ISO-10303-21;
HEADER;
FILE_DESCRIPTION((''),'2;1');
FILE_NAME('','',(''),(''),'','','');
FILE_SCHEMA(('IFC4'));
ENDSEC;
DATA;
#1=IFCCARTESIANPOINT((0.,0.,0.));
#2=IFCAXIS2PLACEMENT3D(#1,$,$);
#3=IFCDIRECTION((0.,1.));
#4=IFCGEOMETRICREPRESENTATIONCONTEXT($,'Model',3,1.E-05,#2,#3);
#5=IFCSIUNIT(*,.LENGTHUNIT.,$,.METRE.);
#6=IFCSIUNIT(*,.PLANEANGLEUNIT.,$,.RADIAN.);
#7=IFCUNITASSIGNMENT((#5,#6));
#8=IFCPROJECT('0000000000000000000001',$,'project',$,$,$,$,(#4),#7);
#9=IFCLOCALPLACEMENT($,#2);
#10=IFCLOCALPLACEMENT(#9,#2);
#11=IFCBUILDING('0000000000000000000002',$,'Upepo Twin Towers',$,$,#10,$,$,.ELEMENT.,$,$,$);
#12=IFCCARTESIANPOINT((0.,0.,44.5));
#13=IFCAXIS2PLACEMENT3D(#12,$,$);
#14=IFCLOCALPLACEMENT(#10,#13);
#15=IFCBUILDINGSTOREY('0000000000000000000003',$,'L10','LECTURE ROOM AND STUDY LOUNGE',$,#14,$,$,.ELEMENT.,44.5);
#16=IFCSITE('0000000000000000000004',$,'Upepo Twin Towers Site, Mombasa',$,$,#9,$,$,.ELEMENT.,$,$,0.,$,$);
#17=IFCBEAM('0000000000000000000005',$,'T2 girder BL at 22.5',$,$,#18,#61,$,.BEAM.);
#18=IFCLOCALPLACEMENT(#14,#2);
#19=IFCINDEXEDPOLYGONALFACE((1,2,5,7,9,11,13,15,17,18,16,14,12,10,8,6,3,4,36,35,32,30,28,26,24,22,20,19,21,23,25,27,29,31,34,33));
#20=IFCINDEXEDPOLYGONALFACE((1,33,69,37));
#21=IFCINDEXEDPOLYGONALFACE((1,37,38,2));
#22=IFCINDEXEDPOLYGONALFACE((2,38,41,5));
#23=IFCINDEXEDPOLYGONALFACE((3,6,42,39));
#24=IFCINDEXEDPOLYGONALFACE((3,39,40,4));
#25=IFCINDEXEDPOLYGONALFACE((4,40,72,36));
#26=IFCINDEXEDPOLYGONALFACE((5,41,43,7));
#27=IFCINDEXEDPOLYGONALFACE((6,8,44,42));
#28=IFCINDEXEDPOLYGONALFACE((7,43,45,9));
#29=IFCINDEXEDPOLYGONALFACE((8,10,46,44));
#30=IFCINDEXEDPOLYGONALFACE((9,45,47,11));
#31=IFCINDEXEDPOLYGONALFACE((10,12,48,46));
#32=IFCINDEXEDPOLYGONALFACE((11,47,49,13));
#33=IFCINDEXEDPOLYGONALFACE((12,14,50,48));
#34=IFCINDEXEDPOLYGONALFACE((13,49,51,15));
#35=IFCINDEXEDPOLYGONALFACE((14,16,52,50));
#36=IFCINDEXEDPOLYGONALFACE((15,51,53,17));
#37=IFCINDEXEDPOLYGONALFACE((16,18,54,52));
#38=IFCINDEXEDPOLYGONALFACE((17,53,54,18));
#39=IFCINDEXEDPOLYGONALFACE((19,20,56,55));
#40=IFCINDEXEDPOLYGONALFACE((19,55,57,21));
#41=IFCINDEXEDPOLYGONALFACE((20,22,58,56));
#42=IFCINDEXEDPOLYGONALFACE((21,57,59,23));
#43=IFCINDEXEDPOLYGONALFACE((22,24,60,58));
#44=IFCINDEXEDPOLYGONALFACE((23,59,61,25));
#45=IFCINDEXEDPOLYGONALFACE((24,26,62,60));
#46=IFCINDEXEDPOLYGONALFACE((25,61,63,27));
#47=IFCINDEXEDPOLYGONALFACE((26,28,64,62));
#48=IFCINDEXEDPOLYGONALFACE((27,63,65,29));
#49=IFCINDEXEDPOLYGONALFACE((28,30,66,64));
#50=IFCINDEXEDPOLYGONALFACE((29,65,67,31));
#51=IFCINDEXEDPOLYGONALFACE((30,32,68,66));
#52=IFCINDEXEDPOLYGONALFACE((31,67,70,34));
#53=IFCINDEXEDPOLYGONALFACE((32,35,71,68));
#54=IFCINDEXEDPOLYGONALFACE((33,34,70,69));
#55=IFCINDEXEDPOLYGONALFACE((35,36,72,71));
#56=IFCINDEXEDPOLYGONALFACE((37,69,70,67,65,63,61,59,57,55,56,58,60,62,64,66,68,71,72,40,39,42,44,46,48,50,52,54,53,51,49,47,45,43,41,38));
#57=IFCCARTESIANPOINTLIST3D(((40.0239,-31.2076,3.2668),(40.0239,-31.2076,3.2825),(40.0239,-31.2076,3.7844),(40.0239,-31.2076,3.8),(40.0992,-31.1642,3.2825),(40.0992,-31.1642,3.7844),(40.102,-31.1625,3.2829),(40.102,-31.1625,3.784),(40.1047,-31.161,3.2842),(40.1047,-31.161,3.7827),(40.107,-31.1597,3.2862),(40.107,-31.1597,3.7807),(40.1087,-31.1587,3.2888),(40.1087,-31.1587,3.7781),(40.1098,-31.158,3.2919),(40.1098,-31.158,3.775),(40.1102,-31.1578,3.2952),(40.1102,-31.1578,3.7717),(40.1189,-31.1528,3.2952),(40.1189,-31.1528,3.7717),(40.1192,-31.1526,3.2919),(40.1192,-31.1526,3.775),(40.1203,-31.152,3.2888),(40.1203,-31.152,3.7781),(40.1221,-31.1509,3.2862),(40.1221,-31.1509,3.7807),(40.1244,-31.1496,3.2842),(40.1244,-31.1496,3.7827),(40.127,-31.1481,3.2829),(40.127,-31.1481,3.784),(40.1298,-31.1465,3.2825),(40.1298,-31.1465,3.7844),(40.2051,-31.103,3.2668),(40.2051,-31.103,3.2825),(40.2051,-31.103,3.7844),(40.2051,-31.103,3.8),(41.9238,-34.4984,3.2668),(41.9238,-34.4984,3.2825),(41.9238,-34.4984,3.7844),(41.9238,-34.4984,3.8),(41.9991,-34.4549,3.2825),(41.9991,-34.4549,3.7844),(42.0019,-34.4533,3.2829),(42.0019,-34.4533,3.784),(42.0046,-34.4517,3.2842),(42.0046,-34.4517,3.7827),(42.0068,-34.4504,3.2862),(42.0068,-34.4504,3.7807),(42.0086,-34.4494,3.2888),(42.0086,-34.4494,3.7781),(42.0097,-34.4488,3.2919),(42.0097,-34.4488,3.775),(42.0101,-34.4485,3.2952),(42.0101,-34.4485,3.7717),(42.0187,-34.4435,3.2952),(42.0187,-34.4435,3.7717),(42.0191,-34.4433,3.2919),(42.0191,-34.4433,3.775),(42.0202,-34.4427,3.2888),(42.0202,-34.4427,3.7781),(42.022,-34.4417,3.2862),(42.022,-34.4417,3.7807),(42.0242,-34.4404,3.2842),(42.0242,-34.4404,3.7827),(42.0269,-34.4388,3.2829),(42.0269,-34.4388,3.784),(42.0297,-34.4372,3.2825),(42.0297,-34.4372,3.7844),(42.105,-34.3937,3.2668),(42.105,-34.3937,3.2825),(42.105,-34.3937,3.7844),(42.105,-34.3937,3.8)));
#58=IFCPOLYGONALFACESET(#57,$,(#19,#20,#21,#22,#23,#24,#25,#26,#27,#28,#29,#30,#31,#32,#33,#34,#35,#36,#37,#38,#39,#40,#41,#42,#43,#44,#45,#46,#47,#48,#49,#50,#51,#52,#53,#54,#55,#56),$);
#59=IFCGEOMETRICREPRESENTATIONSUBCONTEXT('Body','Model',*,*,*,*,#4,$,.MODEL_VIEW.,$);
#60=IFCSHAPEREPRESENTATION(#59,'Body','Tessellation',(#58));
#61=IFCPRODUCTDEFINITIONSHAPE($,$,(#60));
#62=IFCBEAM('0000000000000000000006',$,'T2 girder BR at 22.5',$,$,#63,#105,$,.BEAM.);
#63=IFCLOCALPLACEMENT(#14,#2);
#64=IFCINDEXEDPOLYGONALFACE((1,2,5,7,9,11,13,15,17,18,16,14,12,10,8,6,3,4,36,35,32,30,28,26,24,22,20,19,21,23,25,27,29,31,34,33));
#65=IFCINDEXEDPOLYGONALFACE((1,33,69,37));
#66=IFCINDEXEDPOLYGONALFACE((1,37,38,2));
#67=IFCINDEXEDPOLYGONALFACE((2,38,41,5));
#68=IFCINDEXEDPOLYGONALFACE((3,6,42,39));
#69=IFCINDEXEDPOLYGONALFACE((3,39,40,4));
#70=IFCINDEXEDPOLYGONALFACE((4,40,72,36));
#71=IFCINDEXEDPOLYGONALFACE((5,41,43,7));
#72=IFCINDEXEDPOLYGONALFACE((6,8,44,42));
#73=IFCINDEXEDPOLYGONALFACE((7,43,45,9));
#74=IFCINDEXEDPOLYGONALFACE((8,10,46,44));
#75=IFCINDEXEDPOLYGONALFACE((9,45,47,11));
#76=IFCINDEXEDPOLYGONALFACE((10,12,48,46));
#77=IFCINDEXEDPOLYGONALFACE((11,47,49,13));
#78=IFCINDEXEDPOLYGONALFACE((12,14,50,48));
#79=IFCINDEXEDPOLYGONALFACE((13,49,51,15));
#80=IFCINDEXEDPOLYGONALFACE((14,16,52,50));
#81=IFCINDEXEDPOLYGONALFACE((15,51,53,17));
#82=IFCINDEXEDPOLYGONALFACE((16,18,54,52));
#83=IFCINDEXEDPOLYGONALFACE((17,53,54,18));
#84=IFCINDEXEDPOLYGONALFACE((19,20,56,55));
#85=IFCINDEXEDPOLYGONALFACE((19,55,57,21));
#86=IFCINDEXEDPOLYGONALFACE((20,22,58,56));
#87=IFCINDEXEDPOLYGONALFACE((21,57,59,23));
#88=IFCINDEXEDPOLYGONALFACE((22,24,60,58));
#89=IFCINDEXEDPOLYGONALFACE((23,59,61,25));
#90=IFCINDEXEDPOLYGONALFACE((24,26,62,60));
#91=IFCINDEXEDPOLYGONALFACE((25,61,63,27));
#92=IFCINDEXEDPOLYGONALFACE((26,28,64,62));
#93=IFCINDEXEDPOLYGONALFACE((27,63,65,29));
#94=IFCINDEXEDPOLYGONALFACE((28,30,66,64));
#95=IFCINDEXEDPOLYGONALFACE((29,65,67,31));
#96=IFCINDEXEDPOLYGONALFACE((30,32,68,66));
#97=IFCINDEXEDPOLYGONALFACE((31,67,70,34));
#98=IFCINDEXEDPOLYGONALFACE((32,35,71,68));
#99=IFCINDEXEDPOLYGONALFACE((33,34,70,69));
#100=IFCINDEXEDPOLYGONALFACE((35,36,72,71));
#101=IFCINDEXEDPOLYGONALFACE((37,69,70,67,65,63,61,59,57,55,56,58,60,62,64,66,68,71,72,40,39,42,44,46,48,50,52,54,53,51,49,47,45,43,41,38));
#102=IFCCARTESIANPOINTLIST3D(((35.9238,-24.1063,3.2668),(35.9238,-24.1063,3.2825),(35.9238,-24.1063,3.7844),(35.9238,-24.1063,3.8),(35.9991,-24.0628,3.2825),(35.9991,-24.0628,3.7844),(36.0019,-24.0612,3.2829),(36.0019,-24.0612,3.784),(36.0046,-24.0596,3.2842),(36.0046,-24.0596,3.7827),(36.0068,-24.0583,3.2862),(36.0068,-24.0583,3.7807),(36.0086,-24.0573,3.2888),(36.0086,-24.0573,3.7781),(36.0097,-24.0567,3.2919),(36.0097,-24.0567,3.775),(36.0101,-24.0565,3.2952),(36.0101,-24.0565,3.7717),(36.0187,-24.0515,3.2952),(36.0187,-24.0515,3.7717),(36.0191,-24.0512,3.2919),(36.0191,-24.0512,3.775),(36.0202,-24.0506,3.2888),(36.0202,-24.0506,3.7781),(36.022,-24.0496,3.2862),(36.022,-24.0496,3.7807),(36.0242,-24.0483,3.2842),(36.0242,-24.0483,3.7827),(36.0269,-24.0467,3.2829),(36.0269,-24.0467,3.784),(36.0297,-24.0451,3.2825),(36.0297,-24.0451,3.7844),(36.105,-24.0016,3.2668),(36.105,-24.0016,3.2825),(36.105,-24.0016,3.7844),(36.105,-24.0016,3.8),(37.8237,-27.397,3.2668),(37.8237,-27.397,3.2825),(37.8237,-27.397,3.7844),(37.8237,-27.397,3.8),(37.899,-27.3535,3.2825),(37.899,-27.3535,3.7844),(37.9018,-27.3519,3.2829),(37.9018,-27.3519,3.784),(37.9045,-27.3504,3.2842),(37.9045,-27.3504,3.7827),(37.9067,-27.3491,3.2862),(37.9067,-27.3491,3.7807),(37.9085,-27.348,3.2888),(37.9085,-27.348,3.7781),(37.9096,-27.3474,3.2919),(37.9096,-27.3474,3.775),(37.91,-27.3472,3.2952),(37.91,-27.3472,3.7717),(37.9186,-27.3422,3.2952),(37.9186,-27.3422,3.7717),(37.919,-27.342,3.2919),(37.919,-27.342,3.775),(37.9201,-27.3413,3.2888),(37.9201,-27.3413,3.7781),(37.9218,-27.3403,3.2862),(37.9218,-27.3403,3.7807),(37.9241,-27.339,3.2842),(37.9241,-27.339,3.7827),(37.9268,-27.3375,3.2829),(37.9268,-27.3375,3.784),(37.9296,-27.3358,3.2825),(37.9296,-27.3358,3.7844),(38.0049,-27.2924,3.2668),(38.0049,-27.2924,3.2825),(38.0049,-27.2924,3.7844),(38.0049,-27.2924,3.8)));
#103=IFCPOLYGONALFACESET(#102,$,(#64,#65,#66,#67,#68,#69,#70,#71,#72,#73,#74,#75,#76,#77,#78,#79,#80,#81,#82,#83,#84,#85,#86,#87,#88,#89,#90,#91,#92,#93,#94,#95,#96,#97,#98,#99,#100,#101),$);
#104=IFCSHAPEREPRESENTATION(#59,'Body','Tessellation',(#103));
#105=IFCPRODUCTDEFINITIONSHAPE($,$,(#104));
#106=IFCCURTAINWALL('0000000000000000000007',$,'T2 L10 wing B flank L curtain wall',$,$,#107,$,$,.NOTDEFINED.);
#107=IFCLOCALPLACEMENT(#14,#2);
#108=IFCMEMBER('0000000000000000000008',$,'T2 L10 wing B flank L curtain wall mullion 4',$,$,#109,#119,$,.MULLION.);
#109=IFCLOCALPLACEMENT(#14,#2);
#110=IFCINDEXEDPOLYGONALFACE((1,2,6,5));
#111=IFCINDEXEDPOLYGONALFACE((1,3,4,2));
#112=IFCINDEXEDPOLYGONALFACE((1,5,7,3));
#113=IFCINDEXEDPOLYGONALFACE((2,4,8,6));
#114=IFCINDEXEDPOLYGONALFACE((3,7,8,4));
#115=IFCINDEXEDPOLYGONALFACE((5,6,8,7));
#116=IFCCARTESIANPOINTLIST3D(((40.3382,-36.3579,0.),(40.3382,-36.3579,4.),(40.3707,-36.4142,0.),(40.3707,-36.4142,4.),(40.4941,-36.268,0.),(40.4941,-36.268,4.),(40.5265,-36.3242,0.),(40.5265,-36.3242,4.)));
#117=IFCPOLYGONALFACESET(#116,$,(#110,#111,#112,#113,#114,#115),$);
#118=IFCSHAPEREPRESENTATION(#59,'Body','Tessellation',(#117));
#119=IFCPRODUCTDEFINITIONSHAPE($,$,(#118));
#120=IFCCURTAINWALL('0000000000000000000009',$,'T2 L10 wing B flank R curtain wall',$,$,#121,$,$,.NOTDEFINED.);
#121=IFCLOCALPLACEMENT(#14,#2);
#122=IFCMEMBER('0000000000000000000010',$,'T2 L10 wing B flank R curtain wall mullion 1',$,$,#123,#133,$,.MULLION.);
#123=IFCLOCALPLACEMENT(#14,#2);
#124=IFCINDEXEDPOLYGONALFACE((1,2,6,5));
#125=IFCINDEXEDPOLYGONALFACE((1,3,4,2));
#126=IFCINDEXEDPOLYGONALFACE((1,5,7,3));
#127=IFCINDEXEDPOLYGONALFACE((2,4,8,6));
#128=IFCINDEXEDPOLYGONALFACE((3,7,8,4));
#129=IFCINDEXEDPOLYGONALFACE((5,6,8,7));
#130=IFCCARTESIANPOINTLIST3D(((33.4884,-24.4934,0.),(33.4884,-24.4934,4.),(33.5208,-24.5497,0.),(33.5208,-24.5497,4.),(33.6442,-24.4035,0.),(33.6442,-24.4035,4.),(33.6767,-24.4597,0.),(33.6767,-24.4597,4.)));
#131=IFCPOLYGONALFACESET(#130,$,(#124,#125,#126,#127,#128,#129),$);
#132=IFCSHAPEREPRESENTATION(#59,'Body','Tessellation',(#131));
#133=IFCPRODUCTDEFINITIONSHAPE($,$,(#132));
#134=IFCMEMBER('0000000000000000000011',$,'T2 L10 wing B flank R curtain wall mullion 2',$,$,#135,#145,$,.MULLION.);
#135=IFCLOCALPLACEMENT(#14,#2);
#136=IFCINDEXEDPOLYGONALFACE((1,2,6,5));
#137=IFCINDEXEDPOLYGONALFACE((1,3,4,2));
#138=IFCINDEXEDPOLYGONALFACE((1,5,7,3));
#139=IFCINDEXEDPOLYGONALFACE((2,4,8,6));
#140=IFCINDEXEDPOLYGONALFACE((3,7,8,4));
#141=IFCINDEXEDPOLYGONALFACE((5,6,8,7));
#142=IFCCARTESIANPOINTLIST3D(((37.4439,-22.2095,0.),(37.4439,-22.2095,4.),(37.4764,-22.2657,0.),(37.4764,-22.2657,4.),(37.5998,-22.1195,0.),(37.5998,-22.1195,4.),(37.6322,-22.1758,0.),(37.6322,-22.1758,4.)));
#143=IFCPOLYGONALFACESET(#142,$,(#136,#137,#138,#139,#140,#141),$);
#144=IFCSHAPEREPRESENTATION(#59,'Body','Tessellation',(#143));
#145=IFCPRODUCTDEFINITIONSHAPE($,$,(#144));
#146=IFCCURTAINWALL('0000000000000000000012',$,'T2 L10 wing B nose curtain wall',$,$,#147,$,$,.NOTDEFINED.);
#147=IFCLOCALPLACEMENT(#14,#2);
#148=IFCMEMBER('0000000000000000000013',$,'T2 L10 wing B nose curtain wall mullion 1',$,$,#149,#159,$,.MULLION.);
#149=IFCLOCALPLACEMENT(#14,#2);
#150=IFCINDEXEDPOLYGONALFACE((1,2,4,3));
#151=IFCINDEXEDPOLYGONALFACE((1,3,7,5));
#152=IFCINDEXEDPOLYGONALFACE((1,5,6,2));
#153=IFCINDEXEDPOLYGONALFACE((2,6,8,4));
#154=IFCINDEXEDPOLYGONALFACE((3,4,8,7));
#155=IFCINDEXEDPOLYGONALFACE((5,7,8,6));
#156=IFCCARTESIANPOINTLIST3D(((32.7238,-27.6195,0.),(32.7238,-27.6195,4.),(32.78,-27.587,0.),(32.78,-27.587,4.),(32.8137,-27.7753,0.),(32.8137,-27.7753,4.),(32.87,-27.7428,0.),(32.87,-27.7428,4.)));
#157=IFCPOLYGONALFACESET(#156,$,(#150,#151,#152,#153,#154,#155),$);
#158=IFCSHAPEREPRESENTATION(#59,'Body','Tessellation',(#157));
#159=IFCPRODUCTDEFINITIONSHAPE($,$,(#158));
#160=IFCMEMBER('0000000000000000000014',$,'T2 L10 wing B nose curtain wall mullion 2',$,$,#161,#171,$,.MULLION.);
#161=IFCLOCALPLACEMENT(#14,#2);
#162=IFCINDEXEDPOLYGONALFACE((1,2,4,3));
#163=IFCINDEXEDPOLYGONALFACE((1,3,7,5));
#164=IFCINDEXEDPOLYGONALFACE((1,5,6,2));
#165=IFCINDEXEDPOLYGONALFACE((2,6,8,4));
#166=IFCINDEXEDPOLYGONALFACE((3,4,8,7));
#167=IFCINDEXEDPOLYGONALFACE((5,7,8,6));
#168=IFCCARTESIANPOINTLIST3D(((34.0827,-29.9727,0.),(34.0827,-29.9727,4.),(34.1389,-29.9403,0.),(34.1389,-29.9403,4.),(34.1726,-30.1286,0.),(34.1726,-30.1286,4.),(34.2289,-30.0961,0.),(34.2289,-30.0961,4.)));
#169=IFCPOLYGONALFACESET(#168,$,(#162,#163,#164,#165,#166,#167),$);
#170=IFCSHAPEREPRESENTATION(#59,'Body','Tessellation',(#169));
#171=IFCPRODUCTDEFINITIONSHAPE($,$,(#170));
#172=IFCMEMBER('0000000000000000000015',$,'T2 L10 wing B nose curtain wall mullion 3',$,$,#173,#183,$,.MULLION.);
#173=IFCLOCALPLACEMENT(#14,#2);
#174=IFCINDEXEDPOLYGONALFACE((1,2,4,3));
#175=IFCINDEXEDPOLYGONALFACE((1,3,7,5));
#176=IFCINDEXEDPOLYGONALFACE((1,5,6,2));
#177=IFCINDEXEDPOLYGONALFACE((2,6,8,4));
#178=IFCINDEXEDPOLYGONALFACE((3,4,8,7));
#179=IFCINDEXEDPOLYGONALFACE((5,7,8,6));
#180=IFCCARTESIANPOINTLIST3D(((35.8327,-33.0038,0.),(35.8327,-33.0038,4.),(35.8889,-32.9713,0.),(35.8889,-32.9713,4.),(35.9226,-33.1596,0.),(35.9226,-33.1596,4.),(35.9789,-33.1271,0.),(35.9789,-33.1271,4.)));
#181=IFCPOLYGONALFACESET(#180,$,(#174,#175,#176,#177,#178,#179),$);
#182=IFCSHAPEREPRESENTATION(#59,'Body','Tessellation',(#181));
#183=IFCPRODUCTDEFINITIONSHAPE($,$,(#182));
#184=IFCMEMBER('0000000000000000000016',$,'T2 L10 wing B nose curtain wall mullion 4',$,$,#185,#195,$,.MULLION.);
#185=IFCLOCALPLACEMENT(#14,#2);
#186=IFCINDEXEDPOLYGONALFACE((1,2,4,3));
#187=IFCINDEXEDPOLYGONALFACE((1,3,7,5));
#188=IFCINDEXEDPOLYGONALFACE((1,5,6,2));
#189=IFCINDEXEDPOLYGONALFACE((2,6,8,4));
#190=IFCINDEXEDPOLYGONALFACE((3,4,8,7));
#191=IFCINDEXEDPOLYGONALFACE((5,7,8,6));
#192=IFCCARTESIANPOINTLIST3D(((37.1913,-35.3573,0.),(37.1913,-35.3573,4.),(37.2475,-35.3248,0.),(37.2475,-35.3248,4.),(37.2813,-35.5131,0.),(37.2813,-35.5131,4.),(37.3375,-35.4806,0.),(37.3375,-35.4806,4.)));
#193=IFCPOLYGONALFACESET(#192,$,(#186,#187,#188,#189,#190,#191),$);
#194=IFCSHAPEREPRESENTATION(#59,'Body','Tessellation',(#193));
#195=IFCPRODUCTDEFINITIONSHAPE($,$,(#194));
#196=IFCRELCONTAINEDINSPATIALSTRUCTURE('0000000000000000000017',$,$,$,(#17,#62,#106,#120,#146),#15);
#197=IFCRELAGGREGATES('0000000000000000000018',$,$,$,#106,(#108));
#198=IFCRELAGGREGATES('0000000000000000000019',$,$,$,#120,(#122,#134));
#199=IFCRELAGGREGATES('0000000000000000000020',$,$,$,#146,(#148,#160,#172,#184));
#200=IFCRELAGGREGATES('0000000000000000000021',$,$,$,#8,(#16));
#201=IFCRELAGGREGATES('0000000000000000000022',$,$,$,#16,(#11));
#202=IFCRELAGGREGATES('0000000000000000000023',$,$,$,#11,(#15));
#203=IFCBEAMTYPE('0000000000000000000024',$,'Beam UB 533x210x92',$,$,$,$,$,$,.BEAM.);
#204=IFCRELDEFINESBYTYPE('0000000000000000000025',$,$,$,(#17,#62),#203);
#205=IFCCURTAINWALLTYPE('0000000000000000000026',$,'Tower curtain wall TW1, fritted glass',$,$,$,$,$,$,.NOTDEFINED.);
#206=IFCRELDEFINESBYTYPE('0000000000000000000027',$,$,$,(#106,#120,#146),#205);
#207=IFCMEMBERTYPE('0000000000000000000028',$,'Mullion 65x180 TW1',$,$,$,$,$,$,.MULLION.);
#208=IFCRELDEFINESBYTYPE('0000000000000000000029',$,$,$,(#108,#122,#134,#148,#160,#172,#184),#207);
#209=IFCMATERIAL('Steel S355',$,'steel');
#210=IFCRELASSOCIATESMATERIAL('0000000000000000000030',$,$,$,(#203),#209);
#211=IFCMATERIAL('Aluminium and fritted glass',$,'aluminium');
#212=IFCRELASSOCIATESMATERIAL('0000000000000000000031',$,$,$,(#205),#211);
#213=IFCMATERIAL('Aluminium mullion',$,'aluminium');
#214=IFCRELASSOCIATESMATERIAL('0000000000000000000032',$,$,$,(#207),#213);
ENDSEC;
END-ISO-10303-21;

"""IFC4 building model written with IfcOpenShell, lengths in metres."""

from ifc_helpers import new_model, si_unit, direction, frame, origin, origin_2d, place, context, subcontext, project, spatial, rectangle, i_section, extrude, material, material_profile, profile_set, type_object, element, aggregate, save


model = new_model("IFC4")

# Units and contexts
model_context = context("Model", 3, precision=1e-05, world=origin(), true_north=direction((0.0, 1.0)))
body_context = subcontext(model_context, "Body", "Model", "MODEL_VIEW")
ifc_project = project(units=[si_unit("LENGTHUNIT", "METRE"), si_unit("PLANEANGLEUNIT", "RADIAN")], contexts=[model_context])

# Site, building, storey
site_placement = place(None, origin())
site = spatial("IfcSite", under=ifc_project, at=site_placement, Name="Upepo Twin Towers Site, Mombasa", CompositionType="ELEMENT", RefElevation=0.0)
building_placement = place(site_placement, origin())
building = spatial("IfcBuilding", under=site, at=building_placement, Name="Upepo Twin Towers", CompositionType="ELEMENT")
storey_placement = place(building_placement, frame((0.0, 0.0, 44.5)))
storey = spatial("IfcBuildingStorey", under=building, at=storey_placement, Name="L10", Description="LECTURE ROOM AND STUDY LOUNGE", CompositionType="ELEMENT", Elevation=44.5)

# Beams
ifc_material_1 = material(Name="Steel S355", Category="steel")
ifc_material_profile_1 = material_profile(ifc_material_1, i_section(OverallWidth=0.2092, OverallDepth=0.5332, WebThickness=0.01, FlangeThickness=0.0156, FilletRadius=0.0127, at=origin_2d()), Name="UB 533x210x92")
ifc_profile_set_1 = profile_set([ifc_material_profile_1], Name="Steel S355")
beam_type_1 = type_object("IfcBeamType", Name="Beam UB 533x210x92", PredefinedType="BEAM", material=ifc_profile_set_1)
for number, where, z_axis, x_axis, name in (
    (1, (42.0144, -34.446, 3.5334), (-0.499995, 0.866028, 0.0), (-0.866028, -0.499995, 0.0), "T2 girder BL at 22.5"),
    (2, (36.0144, -24.054, 3.5334), (0.499995, -0.866028, 0.0), (0.866028, 0.499995, 0.0), "T2 girder BR at 22.5"),
):
    element("IfcBeam", number, at=place(storey_placement, frame(where, z_axis=z_axis, x_axis=x_axis)), inside=storey, type_object=beam_type_1, Name=name, PredefinedType="BEAM", context=body_context, shape_type="SweptSolid", body=[
        extrude(i_section(OverallWidth=0.2092, OverallDepth=0.5332, WebThickness=0.01, FlangeThickness=0.0156, FilletRadius=0.0127, at=origin_2d()), origin(), (0.0, 0.0, 1.0), 3.7998),
    ])

# Curtain wall, member
ifc_material_2 = material(Name="Aluminium and fritted glass", Category="aluminium")
curtain_wall_type = type_object("IfcCurtainWallType", Name="Tower curtain wall TW1, fritted glass", PredefinedType="NOTDEFINED", material=ifc_material_2)
curtain_wall_1_placement = place(storey_placement, origin())
curtain_wall_1 = element("IfcCurtainWall", 3, at=curtain_wall_1_placement, inside=storey, type_object=curtain_wall_type, Name="T2 L10 wing B flank L curtain wall", PredefinedType="NOTDEFINED")
ifc_material_3 = material(Name="Aluminium mullion", Category="aluminium")
ifc_material_profile_2 = material_profile(ifc_material_3, rectangle(XDim=0.0649, YDim=0.1799, at=origin_2d()), Name="MULLION 65x180")
ifc_profile_set_2 = profile_set([ifc_material_profile_2], Name="Aluminium mullion")
member_type_1 = type_object("IfcMemberType", Name="Mullion 65x180 TW1", PredefinedType="MULLION", material=ifc_profile_set_2)
member_1_placement = place(storey_placement, frame((40.4324, -36.3411, 0.0), z_axis=(0.0, 0.0, 1.0), x_axis=(0.5, -0.866025, 0.0)))
member_1 = element("IfcMember", 4, at=member_1_placement, type_object=member_type_1, Name="T2 L10 wing B flank L curtain wall mullion 4", PredefinedType="MULLION", context=body_context, shape_type="SweptSolid", body=[
    extrude(rectangle(XDim=0.0649, YDim=0.1799, at=origin_2d()), origin(), (0.0, 0.0, 1.0), 4.0),
])
aggregate(curtain_wall_1, [member_1])

# Curtain walls, members
curtain_wall_2_placement = place(storey_placement, origin())
curtain_wall_2 = element("IfcCurtainWall", 5, at=curtain_wall_2_placement, inside=storey, type_object=curtain_wall_type, Name="T2 L10 wing B flank R curtain wall", PredefinedType="NOTDEFINED")
member_2_placement = place(storey_placement, frame((33.5825, -24.4766, 0.0), z_axis=(0.0, 0.0, 1.0), x_axis=(-0.5, 0.866025, 0.0)))
member_2 = element("IfcMember", 6, at=member_2_placement, type_object=member_type_1, Name="T2 L10 wing B flank R curtain wall mullion 1", PredefinedType="MULLION", context=body_context, shape_type="SweptSolid", body=[
    extrude(rectangle(XDim=0.0649, YDim=0.1799, at=origin_2d()), origin(), (0.0, 0.0, 1.0), 4.0),
])
member_3_placement = place(storey_placement, frame((37.5381, -22.1926, 0.0), z_axis=(0.0, 0.0, 1.0), x_axis=(-0.5, 0.866025, 0.0)))
member_3 = element("IfcMember", 7, at=member_3_placement, type_object=member_type_1, Name="T2 L10 wing B flank R curtain wall mullion 2", PredefinedType="MULLION", context=body_context, shape_type="SweptSolid", body=[
    extrude(rectangle(XDim=0.0649, YDim=0.1799, at=origin_2d()), origin(), (0.0, 0.0, 1.0), 4.0),
])
curtain_wall_3_placement = place(storey_placement, origin())
curtain_wall_3 = element("IfcCurtainWall", 8, at=curtain_wall_3_placement, inside=storey, type_object=curtain_wall_type, Name="T2 L10 wing B nose curtain wall", PredefinedType="NOTDEFINED")
member_4_placement = place(storey_placement, frame((32.7969, -27.6812, 0.0), z_axis=(0.0, 0.0, 1.0), x_axis=(0.866025, 0.5, 0.0)))
member_4 = element("IfcMember", 9, at=member_4_placement, type_object=member_type_1, Name="T2 L10 wing B nose curtain wall mullion 1", PredefinedType="MULLION", context=body_context, shape_type="SweptSolid", body=[
    extrude(rectangle(XDim=0.0649, YDim=0.1799, at=origin_2d()), origin(), (0.0, 0.0, 1.0), 4.0),
])
member_5_placement = place(storey_placement, frame((34.1558, -30.0344, 0.0), z_axis=(0.0, 0.0, 1.0), x_axis=(0.866025, 0.5, 0.0)))
member_5 = element("IfcMember", 10, at=member_5_placement, type_object=member_type_1, Name="T2 L10 wing B nose curtain wall mullion 2", PredefinedType="MULLION", context=body_context, shape_type="SweptSolid", body=[
    extrude(rectangle(XDim=0.0649, YDim=0.1799, at=origin_2d()), origin(), (0.0, 0.0, 1.0), 4.0),
])
member_6_placement = place(storey_placement, frame((35.9058, -33.0654, 0.0), z_axis=(0.0, 0.0, 1.0), x_axis=(0.866025, 0.5, 0.0)))
member_6 = element("IfcMember", 11, at=member_6_placement, type_object=member_type_1, Name="T2 L10 wing B nose curtain wall mullion 3", PredefinedType="MULLION", context=body_context, shape_type="SweptSolid", body=[
    extrude(rectangle(XDim=0.0649, YDim=0.1799, at=origin_2d()), origin(), (0.0, 0.0, 1.0), 4.0),
])
member_7_placement = place(storey_placement, frame((37.2644, -35.4189, 0.0), z_axis=(0.0, 0.0, 1.0), x_axis=(0.866025, 0.5, 0.0)))
member_7 = element("IfcMember", 12, at=member_7_placement, type_object=member_type_1, Name="T2 L10 wing B nose curtain wall mullion 4", PredefinedType="MULLION", context=body_context, shape_type="SweptSolid", body=[
    extrude(rectangle(XDim=0.0649, YDim=0.1799, at=origin_2d()), origin(), (0.0, 0.0, 1.0), 4.0),
])

aggregate(curtain_wall_2, [member_2, member_3])
aggregate(curtain_wall_3, [member_4, member_5, member_6, member_7])

save(model, "model.ifc")
